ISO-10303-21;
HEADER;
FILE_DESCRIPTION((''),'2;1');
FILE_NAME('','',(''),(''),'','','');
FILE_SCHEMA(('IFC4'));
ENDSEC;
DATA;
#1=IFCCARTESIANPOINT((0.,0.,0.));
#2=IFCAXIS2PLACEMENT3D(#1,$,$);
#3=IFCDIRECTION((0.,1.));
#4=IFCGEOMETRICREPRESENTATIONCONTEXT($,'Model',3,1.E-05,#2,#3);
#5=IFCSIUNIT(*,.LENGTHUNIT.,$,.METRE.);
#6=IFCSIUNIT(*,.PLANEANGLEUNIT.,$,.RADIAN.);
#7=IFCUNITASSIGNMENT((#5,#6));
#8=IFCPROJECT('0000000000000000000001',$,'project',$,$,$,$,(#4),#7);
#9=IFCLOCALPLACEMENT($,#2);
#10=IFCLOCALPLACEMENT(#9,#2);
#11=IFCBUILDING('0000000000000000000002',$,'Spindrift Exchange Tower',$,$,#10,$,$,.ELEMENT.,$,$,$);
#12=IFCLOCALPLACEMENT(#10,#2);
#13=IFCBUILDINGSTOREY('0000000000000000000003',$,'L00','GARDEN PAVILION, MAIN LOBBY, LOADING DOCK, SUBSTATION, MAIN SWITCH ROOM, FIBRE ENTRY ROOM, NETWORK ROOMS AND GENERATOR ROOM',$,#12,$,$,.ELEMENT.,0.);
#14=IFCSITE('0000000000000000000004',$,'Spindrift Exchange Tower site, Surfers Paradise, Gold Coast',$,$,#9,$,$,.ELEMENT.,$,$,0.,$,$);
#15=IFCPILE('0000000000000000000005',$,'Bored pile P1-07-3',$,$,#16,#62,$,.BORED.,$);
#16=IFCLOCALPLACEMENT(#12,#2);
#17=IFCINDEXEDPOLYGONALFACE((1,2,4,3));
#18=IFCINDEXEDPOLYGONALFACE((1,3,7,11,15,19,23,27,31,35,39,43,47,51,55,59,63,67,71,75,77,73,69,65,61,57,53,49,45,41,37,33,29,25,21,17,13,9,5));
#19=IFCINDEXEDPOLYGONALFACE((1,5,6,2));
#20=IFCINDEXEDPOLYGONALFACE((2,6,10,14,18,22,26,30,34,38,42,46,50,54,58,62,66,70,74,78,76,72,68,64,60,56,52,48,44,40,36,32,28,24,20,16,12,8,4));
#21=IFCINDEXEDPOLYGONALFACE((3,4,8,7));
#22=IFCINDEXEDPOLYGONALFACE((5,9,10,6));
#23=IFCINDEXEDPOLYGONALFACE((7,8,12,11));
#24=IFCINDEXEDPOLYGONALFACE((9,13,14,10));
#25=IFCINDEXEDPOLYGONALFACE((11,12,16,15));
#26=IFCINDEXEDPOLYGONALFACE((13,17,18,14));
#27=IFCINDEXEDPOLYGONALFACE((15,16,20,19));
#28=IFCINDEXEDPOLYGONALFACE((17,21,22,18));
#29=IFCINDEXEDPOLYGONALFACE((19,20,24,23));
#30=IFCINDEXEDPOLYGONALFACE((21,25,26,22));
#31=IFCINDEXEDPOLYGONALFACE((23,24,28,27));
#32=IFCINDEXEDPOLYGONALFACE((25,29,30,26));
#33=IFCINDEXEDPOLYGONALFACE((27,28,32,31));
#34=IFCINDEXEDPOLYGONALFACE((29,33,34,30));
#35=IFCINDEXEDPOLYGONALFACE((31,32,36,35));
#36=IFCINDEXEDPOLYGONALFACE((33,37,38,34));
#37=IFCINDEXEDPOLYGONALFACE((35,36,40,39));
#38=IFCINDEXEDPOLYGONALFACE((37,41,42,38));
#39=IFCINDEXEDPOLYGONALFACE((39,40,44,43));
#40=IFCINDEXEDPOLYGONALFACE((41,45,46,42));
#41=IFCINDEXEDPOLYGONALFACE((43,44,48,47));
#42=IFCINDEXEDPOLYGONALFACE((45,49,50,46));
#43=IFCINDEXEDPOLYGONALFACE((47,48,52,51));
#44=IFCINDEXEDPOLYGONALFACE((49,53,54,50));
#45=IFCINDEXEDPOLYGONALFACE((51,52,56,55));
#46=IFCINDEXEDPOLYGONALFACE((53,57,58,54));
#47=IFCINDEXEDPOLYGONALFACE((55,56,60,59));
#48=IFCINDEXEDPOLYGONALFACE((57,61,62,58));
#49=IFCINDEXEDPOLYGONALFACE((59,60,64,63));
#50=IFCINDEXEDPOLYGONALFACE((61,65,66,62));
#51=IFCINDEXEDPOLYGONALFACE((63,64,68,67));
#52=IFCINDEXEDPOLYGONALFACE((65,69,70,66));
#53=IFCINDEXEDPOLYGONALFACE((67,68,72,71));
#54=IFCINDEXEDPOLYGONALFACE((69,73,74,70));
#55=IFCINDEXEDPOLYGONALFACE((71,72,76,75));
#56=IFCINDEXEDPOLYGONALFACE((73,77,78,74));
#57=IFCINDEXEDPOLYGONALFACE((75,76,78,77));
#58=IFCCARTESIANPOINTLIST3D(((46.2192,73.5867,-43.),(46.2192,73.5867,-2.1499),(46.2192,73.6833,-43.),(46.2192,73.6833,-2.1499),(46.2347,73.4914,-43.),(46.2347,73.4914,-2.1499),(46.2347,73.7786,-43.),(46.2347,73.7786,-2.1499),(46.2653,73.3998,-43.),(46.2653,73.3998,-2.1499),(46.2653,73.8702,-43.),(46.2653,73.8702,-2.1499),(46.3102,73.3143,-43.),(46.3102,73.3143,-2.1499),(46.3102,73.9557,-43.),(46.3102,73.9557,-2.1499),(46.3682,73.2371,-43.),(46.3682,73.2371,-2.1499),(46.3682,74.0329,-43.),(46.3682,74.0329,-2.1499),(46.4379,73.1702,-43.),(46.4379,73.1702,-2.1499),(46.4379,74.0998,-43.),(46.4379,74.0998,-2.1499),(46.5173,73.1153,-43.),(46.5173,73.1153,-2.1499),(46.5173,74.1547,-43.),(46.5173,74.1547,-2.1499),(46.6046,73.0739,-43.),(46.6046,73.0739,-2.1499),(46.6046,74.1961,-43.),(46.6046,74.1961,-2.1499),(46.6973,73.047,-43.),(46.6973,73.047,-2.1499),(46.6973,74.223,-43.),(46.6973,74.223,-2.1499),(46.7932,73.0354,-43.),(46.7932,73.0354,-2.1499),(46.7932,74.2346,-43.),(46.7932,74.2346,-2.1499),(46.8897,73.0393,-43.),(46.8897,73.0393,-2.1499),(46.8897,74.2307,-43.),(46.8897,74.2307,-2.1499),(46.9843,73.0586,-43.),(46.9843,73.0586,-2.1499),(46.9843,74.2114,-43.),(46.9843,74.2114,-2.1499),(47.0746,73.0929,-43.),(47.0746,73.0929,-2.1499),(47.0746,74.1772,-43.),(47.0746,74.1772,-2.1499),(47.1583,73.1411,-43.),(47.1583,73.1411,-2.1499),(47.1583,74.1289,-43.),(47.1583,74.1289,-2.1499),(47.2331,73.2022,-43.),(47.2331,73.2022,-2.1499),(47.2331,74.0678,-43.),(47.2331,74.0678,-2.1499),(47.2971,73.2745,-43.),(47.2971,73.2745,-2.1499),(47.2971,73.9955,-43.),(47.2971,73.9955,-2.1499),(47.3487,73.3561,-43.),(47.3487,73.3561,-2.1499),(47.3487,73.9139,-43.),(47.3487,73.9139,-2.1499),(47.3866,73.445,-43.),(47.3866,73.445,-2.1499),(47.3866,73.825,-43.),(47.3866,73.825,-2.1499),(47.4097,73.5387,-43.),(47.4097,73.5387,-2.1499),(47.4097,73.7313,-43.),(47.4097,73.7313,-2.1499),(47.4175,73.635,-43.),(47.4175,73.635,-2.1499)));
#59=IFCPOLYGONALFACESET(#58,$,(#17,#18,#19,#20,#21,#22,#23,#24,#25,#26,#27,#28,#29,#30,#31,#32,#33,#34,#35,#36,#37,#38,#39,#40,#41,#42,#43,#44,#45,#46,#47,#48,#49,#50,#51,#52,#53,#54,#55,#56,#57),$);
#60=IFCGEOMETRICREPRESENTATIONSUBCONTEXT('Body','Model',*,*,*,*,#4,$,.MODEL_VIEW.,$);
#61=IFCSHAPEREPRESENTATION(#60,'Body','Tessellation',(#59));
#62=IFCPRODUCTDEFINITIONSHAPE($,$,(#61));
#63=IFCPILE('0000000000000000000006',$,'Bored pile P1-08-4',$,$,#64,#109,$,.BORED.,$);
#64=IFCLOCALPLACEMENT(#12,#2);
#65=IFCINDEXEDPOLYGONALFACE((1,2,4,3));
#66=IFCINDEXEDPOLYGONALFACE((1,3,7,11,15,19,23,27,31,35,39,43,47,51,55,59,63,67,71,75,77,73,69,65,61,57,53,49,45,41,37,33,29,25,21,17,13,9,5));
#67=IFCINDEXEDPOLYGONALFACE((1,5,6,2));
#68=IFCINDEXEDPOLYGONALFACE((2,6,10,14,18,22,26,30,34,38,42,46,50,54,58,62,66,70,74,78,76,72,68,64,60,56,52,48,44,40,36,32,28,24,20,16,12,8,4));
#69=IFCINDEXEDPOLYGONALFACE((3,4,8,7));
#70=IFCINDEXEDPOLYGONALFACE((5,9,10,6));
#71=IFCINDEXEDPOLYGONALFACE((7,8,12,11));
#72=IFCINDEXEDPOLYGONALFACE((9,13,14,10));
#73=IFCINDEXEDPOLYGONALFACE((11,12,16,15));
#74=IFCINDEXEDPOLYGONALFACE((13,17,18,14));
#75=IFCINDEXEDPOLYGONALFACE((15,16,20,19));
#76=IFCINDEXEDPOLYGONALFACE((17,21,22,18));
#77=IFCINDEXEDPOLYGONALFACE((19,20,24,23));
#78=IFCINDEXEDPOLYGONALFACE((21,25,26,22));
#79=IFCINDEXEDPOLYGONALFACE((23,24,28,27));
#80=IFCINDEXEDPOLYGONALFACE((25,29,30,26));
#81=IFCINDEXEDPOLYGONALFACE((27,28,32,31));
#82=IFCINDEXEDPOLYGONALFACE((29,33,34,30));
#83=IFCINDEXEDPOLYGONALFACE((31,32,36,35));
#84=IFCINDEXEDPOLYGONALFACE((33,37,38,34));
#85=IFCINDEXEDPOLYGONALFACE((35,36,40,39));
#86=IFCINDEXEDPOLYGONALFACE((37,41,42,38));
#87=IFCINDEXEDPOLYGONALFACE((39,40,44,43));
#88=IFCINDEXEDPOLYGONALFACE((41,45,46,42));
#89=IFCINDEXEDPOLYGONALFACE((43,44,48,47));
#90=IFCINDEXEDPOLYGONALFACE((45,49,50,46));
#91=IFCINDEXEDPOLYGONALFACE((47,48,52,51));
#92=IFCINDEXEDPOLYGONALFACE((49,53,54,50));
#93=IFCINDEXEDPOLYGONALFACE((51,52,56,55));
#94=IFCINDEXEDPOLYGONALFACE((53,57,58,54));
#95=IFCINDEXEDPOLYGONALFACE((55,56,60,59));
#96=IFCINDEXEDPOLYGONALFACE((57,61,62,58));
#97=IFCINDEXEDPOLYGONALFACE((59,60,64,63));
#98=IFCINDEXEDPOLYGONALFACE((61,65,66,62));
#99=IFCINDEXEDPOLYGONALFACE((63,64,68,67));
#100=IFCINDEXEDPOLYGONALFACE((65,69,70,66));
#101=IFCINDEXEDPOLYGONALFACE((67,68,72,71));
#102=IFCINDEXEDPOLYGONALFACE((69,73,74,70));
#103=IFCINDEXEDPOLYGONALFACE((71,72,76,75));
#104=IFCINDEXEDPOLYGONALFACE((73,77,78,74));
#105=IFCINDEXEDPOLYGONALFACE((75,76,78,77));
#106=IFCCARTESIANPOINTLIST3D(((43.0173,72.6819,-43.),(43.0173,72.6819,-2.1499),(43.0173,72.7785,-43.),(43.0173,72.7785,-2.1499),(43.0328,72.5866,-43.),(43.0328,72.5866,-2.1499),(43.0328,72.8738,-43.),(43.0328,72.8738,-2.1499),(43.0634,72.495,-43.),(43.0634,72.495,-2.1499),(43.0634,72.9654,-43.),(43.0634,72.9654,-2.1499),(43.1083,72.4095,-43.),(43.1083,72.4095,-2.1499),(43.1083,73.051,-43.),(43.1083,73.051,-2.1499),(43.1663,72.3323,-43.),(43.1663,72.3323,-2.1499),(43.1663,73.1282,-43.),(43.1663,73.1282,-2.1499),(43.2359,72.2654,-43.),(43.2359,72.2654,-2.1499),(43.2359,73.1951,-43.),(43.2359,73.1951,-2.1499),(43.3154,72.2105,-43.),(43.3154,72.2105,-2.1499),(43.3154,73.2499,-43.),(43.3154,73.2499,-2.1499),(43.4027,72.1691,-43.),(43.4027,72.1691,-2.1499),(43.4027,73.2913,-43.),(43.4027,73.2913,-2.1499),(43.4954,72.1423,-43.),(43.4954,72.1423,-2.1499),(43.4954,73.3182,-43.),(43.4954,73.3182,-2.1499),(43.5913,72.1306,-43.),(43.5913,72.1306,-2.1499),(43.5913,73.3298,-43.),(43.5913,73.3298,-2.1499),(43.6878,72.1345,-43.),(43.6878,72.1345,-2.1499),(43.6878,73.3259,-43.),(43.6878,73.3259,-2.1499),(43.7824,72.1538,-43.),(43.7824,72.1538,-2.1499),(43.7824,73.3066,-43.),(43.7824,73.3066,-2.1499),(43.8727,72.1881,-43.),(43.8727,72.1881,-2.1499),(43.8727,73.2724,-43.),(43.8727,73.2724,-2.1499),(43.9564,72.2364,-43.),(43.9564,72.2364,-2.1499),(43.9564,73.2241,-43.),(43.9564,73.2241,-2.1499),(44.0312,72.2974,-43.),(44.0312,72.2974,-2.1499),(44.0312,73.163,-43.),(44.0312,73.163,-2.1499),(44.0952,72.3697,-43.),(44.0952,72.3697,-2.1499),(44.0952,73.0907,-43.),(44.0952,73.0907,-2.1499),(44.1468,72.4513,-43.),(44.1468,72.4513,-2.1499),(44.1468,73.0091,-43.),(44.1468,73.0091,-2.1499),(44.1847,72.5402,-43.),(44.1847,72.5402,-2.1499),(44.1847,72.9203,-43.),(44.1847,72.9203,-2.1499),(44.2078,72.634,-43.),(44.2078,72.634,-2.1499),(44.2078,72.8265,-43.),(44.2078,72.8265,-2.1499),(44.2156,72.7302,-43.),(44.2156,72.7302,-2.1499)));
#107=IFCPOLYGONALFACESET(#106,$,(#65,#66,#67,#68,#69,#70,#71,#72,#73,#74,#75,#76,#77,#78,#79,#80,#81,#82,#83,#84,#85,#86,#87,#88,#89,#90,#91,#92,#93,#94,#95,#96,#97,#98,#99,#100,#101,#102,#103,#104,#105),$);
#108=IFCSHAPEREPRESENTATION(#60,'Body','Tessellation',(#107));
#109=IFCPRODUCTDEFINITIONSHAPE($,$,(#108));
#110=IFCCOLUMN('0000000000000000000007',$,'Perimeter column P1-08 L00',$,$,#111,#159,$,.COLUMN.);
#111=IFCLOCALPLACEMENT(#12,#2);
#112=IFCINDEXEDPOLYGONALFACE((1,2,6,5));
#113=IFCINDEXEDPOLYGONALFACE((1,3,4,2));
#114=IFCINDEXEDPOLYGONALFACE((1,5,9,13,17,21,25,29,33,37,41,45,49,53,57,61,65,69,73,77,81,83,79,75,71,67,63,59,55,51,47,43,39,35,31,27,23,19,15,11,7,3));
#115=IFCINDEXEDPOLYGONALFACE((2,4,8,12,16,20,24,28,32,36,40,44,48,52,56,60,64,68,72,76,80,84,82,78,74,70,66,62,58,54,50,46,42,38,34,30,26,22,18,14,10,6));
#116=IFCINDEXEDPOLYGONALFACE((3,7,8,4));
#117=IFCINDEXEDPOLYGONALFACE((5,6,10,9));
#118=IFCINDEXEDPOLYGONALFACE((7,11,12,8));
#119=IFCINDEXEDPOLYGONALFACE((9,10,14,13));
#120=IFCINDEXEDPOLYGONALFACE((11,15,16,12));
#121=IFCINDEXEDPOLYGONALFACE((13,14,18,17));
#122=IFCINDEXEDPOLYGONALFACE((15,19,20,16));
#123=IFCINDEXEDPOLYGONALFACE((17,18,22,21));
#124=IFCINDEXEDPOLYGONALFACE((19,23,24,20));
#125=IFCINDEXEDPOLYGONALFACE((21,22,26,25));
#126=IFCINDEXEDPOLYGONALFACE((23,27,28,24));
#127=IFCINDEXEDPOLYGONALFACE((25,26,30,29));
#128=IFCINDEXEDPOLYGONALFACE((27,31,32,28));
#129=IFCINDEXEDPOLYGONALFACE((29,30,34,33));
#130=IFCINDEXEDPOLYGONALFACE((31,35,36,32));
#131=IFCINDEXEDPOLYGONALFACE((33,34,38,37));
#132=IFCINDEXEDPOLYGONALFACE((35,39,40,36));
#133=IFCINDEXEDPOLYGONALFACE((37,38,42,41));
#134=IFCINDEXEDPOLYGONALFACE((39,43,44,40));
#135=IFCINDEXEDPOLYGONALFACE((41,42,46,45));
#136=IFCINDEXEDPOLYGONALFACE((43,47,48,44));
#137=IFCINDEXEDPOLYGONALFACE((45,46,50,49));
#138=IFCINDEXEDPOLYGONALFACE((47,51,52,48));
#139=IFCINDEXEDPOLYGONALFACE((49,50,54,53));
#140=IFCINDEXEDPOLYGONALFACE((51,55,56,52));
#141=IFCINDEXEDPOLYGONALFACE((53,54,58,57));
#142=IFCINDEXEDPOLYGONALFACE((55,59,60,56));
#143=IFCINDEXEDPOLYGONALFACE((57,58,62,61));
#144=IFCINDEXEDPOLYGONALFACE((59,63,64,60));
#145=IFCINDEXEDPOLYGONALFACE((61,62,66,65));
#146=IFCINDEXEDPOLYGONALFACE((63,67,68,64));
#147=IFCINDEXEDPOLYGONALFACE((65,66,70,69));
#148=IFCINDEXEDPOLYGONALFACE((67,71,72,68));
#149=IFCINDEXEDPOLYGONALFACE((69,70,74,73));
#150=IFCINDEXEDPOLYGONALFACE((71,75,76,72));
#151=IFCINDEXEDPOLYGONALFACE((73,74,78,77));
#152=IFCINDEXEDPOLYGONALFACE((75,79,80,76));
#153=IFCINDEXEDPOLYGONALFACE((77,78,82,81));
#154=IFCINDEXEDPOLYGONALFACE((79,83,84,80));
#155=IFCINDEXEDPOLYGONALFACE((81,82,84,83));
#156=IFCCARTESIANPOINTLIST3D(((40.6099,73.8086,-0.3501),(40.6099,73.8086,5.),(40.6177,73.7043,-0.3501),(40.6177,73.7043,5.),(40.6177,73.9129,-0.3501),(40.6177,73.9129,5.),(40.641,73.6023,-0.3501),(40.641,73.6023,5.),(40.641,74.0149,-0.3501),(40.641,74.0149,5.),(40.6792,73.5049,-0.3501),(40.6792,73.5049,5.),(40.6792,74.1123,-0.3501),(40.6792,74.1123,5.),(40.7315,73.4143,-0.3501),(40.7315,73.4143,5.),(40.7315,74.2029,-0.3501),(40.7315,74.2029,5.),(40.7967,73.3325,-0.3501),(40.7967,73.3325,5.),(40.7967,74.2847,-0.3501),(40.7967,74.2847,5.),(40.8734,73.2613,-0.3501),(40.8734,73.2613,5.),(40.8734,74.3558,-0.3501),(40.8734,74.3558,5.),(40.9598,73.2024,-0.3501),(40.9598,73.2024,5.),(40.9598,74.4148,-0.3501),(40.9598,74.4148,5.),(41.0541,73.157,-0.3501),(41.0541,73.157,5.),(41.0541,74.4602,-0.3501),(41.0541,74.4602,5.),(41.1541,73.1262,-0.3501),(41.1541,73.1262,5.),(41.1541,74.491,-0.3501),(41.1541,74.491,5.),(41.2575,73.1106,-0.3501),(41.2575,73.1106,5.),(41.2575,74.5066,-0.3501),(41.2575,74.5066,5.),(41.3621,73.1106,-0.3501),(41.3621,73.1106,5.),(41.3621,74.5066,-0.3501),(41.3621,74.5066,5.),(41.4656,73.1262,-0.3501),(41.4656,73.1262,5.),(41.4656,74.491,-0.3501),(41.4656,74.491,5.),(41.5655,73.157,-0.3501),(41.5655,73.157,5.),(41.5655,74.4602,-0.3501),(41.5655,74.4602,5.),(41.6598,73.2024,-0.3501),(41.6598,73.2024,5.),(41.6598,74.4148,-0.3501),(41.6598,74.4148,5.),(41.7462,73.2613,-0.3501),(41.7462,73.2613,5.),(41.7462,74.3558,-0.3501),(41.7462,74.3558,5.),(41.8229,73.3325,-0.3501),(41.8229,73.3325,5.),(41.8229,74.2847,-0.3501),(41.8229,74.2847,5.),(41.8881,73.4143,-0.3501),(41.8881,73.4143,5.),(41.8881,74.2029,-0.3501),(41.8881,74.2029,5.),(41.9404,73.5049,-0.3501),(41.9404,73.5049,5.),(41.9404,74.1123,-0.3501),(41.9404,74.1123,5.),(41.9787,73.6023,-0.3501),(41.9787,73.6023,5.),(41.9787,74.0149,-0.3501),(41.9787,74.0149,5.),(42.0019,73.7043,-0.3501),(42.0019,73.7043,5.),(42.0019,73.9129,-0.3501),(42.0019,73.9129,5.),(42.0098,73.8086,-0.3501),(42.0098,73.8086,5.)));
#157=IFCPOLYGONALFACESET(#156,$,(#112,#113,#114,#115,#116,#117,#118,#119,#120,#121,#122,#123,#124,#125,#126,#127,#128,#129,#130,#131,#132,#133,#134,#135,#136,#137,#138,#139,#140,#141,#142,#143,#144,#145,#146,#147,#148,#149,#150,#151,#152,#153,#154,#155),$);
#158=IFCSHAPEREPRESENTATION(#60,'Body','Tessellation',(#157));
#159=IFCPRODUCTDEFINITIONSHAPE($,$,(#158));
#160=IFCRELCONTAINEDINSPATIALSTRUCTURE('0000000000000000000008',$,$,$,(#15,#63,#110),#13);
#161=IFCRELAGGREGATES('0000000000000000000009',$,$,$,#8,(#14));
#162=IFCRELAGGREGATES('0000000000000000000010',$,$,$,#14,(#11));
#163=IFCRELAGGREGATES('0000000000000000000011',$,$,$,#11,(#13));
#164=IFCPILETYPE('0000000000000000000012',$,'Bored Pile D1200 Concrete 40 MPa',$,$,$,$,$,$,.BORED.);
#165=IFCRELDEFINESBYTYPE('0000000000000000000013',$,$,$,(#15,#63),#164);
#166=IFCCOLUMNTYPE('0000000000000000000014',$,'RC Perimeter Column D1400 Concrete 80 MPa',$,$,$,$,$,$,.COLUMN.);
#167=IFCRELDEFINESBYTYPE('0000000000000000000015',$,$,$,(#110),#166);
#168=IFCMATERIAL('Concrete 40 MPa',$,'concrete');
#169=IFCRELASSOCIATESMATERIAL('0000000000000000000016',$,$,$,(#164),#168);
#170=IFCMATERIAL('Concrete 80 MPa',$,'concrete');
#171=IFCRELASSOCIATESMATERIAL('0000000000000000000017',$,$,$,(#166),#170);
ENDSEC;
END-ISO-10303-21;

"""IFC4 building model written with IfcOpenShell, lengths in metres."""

from ifc_helpers import new_model, si_unit, direction, frame, origin, origin_2d, place, context, subcontext, project, spatial, circle, extrude, source, transform, mapped, material, material_profile, profile_set, type_object, element, save


model = new_model("IFC4")

# Units and contexts
model_context = context("Model", 3, precision=1e-05, world=origin(), true_north=direction((0.0, 1.0)))
body_context = subcontext(model_context, "Body", "Model", "MODEL_VIEW")
ifc_project = project(units=[si_unit("LENGTHUNIT", "METRE"), si_unit("PLANEANGLEUNIT", "RADIAN")], contexts=[model_context])

# Site, building, storey
site_placement = place(None, origin())
site = spatial("IfcSite", under=ifc_project, at=site_placement, Name="Spindrift Exchange Tower site, Surfers Paradise, Gold Coast", CompositionType="ELEMENT", RefElevation=0.0)
building_placement = place(site_placement, origin())
building = spatial("IfcBuilding", under=site, at=building_placement, Name="Spindrift Exchange Tower", CompositionType="ELEMENT")
storey_placement = place(building_placement, origin())
storey = spatial("IfcBuildingStorey", under=building, at=storey_placement, Name="L00", Description="GARDEN PAVILION, MAIN LOBBY, LOADING DOCK, SUBSTATION, MAIN SWITCH ROOM, FIBRE ENTRY ROOM, NETWORK ROOMS AND GENERATOR ROOM", CompositionType="ELEMENT", Elevation=0.0)

# Piles
ifc_material_1 = material(Name="Concrete 40 MPa", Category="concrete")
ifc_material_profile_1 = material_profile(ifc_material_1, circle(Radius=0.6001, at=origin_2d()), Name="BP D1200")
ifc_profile_set_1 = profile_set([ifc_material_profile_1], Name="Concrete 40 MPa")
pile_type_1 = type_object("IfcPileType", Name="Bored Pile D1200 Concrete 40 MPa", PredefinedType="BORED", material=ifc_profile_set_1)
shared_shape_1 = source(origin(), body_context, "Body", "SweptSolid", [
    extrude(circle(Radius=0.6001, at=origin_2d()), origin(), (0.0, 0.0, 1.0), 40.8501),
])
for number, where, z_axis, x_axis, name in (
    (1, (46.8174, 73.635, -2.1499), (0.0, 0.0, -1.0), (1.0, 0.0, 0.0), "Bored pile P1-07-3"),
    (2, (43.6155, 72.7302, -2.1499), (0.0, 0.0, -1.0), (1.0, 0.0, 0.0), "Bored pile P1-08-4"),
):
    element("IfcPile", number, at=place(storey_placement, frame(where, z_axis=z_axis, x_axis=x_axis)), inside=storey, type_object=pile_type_1, Name=name, PredefinedType="BORED", context=body_context, shape_type="MappedRepresentation", body=[
        mapped(shared_shape_1, transform((0.0, 0.0, 0.0), scale=1.0)),
    ])

# Column
ifc_material_2 = material(Name="Concrete 80 MPa", Category="concrete")
ifc_material_profile_2 = material_profile(ifc_material_2, circle(Radius=0.7, at=origin_2d()), Name="RC D1400")
ifc_profile_set_2 = profile_set([ifc_material_profile_2], Name="Concrete 80 MPa")
column_type_1 = type_object("IfcColumnType", Name="RC Perimeter Column D1400 Concrete 80 MPa", PredefinedType="COLUMN", material=ifc_profile_set_2)
shared_shape_2 = source(origin(), body_context, "Body", "SweptSolid", [
    extrude(circle(Radius=0.7, at=origin_2d()), origin(), (0.0, 0.0, 1.0), 5.3501),
])
column_placement = place(storey_placement, frame((41.3098, 73.8086, -0.3501), z_axis=(0.0, 0.0, 1.0), x_axis=(1.0, 0.0, 0.0)))
element("IfcColumn", 3, at=column_placement, inside=storey, type_object=column_type_1, Name="Perimeter column P1-08 L00", PredefinedType="COLUMN", context=body_context, shape_type="MappedRepresentation", body=[
    mapped(shared_shape_2, transform((0.0, 0.0, 0.0), scale=1.0)),
])

save(model, "model.ifc")
